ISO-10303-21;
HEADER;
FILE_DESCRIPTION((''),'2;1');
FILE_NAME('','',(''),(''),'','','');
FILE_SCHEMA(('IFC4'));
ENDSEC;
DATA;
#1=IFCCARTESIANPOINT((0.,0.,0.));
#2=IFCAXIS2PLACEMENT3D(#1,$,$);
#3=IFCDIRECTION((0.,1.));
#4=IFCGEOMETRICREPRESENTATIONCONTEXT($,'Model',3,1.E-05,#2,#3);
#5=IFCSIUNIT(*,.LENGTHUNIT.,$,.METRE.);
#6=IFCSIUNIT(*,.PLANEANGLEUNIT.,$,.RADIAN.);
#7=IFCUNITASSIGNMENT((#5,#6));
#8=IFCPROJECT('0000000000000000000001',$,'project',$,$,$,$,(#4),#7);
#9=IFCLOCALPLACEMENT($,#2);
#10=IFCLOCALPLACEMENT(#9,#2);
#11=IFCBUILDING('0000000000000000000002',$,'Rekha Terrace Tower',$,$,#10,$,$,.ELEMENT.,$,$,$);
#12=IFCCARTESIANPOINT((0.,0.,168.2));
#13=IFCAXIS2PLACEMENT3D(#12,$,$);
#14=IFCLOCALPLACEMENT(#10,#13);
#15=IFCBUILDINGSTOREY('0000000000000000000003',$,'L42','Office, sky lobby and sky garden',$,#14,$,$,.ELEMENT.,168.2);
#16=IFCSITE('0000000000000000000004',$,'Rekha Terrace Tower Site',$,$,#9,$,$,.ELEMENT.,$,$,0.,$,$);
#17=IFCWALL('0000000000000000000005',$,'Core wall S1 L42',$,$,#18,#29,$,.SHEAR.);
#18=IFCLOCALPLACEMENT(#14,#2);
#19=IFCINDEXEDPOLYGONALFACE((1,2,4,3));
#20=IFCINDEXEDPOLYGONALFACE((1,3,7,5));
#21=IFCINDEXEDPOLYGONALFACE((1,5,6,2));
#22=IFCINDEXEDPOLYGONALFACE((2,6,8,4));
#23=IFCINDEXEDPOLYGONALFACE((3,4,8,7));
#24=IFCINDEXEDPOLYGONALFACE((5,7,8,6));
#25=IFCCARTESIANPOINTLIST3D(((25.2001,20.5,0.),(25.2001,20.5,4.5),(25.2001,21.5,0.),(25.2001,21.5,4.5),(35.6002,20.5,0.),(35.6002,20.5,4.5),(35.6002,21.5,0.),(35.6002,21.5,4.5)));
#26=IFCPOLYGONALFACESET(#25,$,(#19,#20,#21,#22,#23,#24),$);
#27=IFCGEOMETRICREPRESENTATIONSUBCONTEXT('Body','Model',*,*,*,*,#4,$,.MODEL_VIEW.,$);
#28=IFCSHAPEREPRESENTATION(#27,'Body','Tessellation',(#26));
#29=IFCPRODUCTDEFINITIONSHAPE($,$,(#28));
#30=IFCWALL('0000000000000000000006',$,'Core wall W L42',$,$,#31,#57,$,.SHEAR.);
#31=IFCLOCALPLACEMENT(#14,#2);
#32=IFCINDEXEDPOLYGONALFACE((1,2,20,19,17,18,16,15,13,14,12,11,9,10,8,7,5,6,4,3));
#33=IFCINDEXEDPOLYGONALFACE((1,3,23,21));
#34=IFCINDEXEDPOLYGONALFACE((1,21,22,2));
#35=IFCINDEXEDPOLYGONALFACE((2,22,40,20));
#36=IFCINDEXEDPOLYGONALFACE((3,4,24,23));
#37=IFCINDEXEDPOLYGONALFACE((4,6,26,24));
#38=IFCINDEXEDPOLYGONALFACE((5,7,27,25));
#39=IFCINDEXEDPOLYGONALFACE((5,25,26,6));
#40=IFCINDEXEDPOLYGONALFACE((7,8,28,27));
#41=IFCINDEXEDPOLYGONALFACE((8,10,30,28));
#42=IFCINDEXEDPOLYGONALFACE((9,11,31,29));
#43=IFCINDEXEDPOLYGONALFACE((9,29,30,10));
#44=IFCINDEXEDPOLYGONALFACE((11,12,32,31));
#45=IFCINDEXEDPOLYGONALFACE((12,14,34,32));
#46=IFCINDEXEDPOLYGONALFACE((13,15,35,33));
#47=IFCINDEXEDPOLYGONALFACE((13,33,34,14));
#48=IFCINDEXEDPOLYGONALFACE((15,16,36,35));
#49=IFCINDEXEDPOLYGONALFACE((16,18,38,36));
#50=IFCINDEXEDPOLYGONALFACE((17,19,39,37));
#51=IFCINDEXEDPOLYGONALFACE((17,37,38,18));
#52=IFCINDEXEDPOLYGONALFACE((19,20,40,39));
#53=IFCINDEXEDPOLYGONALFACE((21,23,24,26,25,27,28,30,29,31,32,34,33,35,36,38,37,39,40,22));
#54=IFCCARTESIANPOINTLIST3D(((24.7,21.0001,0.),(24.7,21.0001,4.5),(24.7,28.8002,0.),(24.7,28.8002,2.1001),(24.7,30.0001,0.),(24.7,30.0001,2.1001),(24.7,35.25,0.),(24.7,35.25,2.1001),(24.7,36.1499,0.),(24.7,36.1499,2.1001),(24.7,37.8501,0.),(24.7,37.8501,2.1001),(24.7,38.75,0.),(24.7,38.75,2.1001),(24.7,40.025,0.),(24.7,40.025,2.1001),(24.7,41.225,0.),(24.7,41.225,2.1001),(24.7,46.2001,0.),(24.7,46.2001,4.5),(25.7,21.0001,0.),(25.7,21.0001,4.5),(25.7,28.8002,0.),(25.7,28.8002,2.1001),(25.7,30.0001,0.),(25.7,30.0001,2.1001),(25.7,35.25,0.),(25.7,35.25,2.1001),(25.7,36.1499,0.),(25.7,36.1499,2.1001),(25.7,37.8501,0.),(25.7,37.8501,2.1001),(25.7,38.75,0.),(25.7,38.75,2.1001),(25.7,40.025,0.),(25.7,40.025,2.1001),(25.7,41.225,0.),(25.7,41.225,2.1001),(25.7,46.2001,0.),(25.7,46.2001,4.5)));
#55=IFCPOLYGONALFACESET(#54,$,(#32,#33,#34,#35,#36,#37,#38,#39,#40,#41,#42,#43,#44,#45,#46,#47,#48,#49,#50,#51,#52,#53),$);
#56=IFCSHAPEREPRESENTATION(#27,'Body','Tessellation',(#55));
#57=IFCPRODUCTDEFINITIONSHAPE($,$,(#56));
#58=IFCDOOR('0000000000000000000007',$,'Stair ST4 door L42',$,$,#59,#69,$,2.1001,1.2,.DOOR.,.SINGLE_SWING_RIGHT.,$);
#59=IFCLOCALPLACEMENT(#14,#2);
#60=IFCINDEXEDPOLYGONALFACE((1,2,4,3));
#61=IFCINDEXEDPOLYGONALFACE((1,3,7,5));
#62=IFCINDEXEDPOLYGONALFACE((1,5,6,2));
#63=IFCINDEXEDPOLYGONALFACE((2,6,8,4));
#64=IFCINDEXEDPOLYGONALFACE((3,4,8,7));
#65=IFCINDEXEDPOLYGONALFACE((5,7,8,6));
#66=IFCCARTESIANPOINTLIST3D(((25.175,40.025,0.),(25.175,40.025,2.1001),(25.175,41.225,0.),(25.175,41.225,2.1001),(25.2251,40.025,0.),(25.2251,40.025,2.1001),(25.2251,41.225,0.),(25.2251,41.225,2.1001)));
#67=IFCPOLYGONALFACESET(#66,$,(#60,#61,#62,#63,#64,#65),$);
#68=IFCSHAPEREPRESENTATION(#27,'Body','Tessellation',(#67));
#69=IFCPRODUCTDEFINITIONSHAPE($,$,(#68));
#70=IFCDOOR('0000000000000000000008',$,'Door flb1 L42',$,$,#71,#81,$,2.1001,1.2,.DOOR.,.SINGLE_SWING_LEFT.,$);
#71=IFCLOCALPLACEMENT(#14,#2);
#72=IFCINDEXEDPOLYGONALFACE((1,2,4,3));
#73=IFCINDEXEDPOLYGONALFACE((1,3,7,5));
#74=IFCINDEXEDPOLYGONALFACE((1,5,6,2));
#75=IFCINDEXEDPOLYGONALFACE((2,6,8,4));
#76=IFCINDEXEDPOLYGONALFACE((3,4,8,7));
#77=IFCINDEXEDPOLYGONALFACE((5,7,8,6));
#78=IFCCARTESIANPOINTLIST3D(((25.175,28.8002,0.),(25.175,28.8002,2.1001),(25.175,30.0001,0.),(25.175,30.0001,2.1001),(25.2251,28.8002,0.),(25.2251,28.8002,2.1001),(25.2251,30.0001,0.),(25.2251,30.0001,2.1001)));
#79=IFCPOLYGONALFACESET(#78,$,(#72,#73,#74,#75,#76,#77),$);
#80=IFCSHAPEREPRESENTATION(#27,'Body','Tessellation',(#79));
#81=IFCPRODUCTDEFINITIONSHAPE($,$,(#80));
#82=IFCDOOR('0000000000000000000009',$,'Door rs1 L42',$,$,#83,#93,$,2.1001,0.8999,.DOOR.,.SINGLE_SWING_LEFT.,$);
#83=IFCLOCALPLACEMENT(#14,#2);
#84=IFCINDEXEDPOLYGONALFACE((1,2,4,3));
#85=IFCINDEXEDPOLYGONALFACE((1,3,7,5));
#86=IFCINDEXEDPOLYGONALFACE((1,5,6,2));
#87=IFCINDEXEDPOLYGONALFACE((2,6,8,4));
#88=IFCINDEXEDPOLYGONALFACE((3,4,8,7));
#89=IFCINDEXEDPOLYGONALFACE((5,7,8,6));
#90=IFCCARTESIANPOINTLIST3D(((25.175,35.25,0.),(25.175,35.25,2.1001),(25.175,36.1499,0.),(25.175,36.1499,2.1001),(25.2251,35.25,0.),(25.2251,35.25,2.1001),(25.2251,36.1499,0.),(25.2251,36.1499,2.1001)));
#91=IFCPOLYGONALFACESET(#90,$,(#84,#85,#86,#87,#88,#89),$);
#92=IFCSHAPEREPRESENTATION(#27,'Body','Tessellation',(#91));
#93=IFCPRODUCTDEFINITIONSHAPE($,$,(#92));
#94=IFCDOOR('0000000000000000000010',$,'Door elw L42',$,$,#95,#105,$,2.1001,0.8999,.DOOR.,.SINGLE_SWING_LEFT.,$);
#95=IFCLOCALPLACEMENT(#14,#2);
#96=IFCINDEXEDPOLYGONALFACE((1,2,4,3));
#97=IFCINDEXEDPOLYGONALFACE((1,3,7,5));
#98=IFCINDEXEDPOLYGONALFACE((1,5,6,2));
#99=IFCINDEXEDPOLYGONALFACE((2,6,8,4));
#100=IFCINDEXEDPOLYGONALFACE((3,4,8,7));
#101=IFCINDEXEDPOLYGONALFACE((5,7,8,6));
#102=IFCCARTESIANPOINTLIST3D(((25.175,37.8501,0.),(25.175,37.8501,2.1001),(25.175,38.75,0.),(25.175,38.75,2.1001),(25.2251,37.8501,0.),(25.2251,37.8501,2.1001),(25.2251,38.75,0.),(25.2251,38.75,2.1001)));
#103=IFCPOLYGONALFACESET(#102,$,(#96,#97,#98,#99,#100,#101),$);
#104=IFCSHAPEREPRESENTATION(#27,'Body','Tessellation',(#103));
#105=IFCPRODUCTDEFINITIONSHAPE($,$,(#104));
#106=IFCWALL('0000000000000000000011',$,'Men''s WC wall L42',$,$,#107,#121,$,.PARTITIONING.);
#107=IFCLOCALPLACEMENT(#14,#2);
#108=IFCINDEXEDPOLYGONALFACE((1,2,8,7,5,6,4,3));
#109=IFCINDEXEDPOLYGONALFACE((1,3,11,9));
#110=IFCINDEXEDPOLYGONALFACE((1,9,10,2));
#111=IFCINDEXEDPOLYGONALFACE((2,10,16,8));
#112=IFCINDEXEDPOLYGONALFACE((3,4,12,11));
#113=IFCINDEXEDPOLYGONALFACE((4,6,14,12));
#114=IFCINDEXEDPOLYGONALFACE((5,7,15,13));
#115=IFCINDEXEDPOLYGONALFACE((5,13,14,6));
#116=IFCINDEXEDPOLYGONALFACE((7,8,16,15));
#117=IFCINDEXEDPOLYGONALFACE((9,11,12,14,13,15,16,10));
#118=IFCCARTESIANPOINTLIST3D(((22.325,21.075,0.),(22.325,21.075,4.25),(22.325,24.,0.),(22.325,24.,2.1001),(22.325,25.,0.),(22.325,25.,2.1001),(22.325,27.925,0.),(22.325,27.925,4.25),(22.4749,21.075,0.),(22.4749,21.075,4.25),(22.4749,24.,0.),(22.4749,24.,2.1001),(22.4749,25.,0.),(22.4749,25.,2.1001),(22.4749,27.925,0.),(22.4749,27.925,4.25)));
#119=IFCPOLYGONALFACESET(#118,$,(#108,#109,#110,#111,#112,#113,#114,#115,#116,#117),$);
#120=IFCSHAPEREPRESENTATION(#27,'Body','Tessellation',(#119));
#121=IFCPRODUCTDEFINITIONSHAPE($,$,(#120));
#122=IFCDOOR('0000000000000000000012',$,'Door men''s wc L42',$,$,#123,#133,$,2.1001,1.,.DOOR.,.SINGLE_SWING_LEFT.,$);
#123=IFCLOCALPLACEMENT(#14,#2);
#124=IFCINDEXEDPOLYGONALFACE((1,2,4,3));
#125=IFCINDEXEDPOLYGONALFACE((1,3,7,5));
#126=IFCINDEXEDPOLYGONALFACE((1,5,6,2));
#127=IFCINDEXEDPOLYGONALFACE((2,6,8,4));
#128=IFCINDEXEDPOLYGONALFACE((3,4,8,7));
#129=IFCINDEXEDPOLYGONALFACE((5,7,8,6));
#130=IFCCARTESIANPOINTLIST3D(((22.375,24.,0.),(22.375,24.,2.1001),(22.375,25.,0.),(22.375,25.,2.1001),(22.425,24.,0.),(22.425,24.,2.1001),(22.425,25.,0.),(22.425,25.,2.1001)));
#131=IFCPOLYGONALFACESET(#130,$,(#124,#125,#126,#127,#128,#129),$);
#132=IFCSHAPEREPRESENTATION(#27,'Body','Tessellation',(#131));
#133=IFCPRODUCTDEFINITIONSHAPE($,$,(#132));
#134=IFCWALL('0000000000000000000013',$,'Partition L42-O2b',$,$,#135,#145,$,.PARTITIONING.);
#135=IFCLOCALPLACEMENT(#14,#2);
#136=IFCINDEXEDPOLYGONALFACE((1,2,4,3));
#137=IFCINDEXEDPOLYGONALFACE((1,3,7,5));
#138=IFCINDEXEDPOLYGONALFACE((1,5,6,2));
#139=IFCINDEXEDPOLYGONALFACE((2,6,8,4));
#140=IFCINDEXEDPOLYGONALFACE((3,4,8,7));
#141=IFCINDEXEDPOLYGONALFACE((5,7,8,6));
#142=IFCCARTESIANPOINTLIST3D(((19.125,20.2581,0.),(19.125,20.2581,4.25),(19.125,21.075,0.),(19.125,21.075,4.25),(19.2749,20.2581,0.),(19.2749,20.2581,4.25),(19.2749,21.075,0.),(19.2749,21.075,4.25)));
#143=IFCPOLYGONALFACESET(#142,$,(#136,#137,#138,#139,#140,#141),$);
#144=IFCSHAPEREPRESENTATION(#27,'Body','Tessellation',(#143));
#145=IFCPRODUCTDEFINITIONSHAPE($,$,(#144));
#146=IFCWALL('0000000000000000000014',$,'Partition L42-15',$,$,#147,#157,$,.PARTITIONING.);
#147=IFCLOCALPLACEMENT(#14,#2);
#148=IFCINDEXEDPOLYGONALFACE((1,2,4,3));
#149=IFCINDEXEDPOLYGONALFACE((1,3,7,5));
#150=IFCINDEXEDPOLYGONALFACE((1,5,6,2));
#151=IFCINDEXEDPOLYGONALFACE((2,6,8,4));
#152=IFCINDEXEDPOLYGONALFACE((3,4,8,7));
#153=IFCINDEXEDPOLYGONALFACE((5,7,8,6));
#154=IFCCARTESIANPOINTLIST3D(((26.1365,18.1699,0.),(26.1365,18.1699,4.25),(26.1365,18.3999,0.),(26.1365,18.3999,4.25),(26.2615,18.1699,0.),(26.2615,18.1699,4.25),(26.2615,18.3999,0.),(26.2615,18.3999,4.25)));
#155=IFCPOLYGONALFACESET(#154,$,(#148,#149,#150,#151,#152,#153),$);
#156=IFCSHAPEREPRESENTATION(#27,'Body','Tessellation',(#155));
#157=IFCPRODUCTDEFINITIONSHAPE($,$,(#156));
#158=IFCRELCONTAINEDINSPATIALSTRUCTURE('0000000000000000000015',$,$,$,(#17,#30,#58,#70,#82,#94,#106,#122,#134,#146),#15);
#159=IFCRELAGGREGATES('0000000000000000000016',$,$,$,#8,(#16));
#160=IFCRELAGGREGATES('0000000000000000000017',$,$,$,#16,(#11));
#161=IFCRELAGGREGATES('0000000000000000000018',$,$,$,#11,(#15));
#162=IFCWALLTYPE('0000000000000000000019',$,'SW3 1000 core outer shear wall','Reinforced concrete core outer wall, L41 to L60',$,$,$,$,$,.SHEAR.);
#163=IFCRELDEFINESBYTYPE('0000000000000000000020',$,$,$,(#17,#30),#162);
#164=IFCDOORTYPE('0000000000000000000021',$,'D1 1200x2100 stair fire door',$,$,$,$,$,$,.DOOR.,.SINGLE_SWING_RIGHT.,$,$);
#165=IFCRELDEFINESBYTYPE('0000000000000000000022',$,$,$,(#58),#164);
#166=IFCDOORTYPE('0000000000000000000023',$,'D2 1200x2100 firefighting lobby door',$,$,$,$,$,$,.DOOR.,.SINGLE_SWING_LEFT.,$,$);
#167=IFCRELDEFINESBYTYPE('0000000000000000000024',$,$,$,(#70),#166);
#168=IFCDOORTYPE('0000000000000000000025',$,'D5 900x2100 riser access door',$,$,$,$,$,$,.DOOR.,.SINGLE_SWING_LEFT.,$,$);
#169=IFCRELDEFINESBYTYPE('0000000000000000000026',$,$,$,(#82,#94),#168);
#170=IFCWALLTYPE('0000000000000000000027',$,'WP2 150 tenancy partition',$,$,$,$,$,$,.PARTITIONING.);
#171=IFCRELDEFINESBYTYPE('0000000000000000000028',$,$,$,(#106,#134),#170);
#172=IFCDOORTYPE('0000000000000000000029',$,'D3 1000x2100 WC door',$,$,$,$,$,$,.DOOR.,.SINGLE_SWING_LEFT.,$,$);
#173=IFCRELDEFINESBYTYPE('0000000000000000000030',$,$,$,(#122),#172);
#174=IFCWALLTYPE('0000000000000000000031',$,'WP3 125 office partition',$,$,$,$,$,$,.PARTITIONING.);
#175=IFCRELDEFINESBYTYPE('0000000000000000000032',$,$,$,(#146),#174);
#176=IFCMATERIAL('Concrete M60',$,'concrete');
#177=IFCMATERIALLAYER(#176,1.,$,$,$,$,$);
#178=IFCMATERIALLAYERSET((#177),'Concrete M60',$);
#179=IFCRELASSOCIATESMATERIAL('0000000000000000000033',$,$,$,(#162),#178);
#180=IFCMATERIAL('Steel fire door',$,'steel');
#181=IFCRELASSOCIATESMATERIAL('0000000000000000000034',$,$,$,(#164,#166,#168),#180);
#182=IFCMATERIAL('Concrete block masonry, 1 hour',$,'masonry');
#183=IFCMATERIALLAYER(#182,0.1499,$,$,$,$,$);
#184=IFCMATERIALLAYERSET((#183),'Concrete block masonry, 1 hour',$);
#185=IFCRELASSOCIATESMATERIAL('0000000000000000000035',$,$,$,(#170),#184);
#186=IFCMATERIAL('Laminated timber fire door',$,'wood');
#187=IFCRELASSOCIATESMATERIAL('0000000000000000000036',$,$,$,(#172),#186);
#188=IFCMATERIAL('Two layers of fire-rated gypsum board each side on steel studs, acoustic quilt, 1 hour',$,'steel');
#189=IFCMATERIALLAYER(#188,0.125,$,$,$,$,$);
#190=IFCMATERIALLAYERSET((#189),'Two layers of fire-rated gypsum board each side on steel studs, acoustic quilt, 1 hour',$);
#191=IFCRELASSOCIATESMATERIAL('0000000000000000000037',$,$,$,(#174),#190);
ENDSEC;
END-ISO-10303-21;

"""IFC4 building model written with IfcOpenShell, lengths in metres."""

from ifc_helpers import new_model, si_unit, direction, frame, frame_2d, origin, place, context, subcontext, project, spatial, rectangle, extrude, material, layer, layer_set, type_object, element, fill, save


model = new_model("IFC4")

# Units and contexts
model_context = context("Model", 3, precision=1e-05, world=origin(), true_north=direction((0.0, 1.0)))
body_context = subcontext(model_context, "Body", "Model", "MODEL_VIEW")
ifc_project = project(units=[si_unit("LENGTHUNIT", "METRE"), si_unit("PLANEANGLEUNIT", "RADIAN")], contexts=[model_context])

# Site, building, storey
site_placement = place(None, origin())
site = spatial("IfcSite", under=ifc_project, at=site_placement, Name="Rekha Terrace Tower Site", CompositionType="ELEMENT", RefElevation=0.0)
building_placement = place(site_placement, origin())
building = spatial("IfcBuilding", under=site, at=building_placement, Name="Rekha Terrace Tower", CompositionType="ELEMENT")
storey_placement = place(building_placement, frame((0.0, 0.0, 168.2)))
storey = spatial("IfcBuildingStorey", under=building, at=storey_placement, Name="L42", Description="Office, sky lobby and sky garden", CompositionType="ELEMENT", Elevation=168.2)

# Shared definitions
ifc_material_1 = material(Name="Concrete M60", Category="concrete")

# Wall
ifc_layer_1 = layer(ifc_material_1, 1.0)
ifc_layer_set_1 = layer_set([ifc_layer_1], Name="Concrete M60")
wall_type_1 = type_object("IfcWallType", Name="SW3 1000 core outer shear wall", Description="Reinforced concrete core outer wall, L41 to L60", PredefinedType="SHEAR", material=ifc_layer_set_1)
wall_1_placement = place(storey_placement, frame((25.2, 21.0, 0.0), z_axis=(0.0, 0.0, 1.0), x_axis=(1.0, 0.0, 0.0)))
element("IfcWall", 1, at=wall_1_placement, inside=storey, type_object=wall_type_1, Name="Core wall S1 L42", PredefinedType="SHEAR", context=body_context, shape_type="SweptSolid", body=[
    extrude(rectangle(XDim=10.4001, YDim=1.0, at=frame_2d((5.2002, 0.0))), origin(), (0.0, 0.0, 1.0), 4.5),
])

# Wall, openings, doors
wall_2_placement = place(storey_placement, frame((25.2, 21.0, 0.0), z_axis=(0.0, 0.0, 1.0), x_axis=(0.0, 1.0, 0.0)))
wall_2 = element("IfcWall", 2, at=wall_2_placement, inside=storey, type_object=wall_type_1, Name="Core wall W L42", PredefinedType="SHEAR", context=body_context, shape_type="SweptSolid", body=[
    extrude(rectangle(XDim=25.2, YDim=1.0, at=frame_2d((12.6001, 0.0))), origin(), (0.0, 0.0, 1.0), 4.5),
])
opening_1_placement = place(wall_2_placement, frame((7.8, 0.0, 0.0)))
opening_1 = element("IfcOpeningElement", 3, at=opening_1_placement, cuts=wall_2, PredefinedType="OPENING", context=body_context, shape_type="SweptSolid", body=[
    extrude(rectangle(XDim=1.2, YDim=2.1001, at=frame_2d((0.6001, 1.05))), frame((0.0, 0.51, 0.0), z_axis=(0.0, -1.0, 0.0), x_axis=(1.0, 0.0, 0.0)), (0.0, 0.0, 1.0), 1.02),
])
opening_2_placement = place(wall_2_placement, frame((14.25, 0.0, 0.0)))
opening_2 = element("IfcOpeningElement", 4, at=opening_2_placement, cuts=wall_2, PredefinedType="OPENING", context=body_context, shape_type="SweptSolid", body=[
    extrude(rectangle(XDim=0.8999, YDim=2.1001, at=frame_2d((0.45, 1.05))), frame((0.0, 0.51, 0.0), z_axis=(0.0, -1.0, 0.0), x_axis=(1.0, 0.0, 0.0)), (0.0, 0.0, 1.0), 1.02),
])
opening_3_placement = place(wall_2_placement, frame((16.8501, 0.0, 0.0)))
opening_3 = element("IfcOpeningElement", 5, at=opening_3_placement, cuts=wall_2, PredefinedType="OPENING", context=body_context, shape_type="SweptSolid", body=[
    extrude(rectangle(XDim=0.8999, YDim=2.1001, at=frame_2d((0.45, 1.05))), frame((0.0, 0.51, 0.0), z_axis=(0.0, -1.0, 0.0), x_axis=(1.0, 0.0, 0.0)), (0.0, 0.0, 1.0), 1.02),
])
opening_4_placement = place(wall_2_placement, frame((19.0249, 0.0, 0.0)))
opening_4 = element("IfcOpeningElement", 6, at=opening_4_placement, cuts=wall_2, PredefinedType="OPENING", context=body_context, shape_type="SweptSolid", body=[
    extrude(rectangle(XDim=1.2, YDim=2.1001, at=frame_2d((0.6001, 1.05))), frame((0.0, 0.51, 0.0), z_axis=(0.0, -1.0, 0.0), x_axis=(1.0, 0.0, 0.0)), (0.0, 0.0, 1.0), 1.02),
])
ifc_material_2 = material(Name="Steel fire door", Category="steel")
door_type_1 = type_object("IfcDoorType", Name="D1 1200x2100 stair fire door", OperationType="SINGLE_SWING_RIGHT", PredefinedType="DOOR", material=ifc_material_2)
door_1_placement = place(opening_4_placement, origin())
door_1 = element("IfcDoor", 7, at=door_1_placement, inside=storey, type_object=door_type_1, Name="Stair ST4 door L42", OperationType="SINGLE_SWING_RIGHT", OverallHeight=2.1001, OverallWidth=1.2, PredefinedType="DOOR", context=body_context, shape_type="SweptSolid", body=[
    extrude(rectangle(XDim=1.2, YDim=2.1001, at=frame_2d((0.6001, 1.05))), frame((0.0, 0.0249, 0.0), z_axis=(0.0, -1.0, 0.0), x_axis=(1.0, 0.0, 0.0)), (0.0, 0.0, 1.0), 0.05),
])
fill(opening_4, door_1)
door_type_2 = type_object("IfcDoorType", Name="D2 1200x2100 firefighting lobby door", OperationType="SINGLE_SWING_LEFT", PredefinedType="DOOR", material=ifc_material_2)
door_2_placement = place(opening_1_placement, origin())
door_2 = element("IfcDoor", 8, at=door_2_placement, inside=storey, type_object=door_type_2, Name="Door flb1 L42", OperationType="SINGLE_SWING_LEFT", OverallHeight=2.1001, OverallWidth=1.2, PredefinedType="DOOR", context=body_context, shape_type="SweptSolid", body=[
    extrude(rectangle(XDim=1.2, YDim=2.1001, at=frame_2d((0.6001, 1.05))), frame((0.0, 0.0249, 0.0), z_axis=(0.0, -1.0, 0.0), x_axis=(1.0, 0.0, 0.0)), (0.0, 0.0, 1.0), 0.05),
])
fill(opening_1, door_2)
door_type_3 = type_object("IfcDoorType", Name="D5 900x2100 riser access door", OperationType="SINGLE_SWING_LEFT", PredefinedType="DOOR", material=ifc_material_2)
door_3_placement = place(opening_2_placement, origin())
door_3 = element("IfcDoor", 9, at=door_3_placement, inside=storey, type_object=door_type_3, Name="Door rs1 L42", OperationType="SINGLE_SWING_LEFT", OverallHeight=2.1001, OverallWidth=0.8999, PredefinedType="DOOR", context=body_context, shape_type="SweptSolid", body=[
    extrude(rectangle(XDim=0.8999, YDim=2.1001, at=frame_2d((0.45, 1.05))), frame((0.0, 0.0249, 0.0), z_axis=(0.0, -1.0, 0.0), x_axis=(1.0, 0.0, 0.0)), (0.0, 0.0, 1.0), 0.05),
])
fill(opening_2, door_3)
door_4_placement = place(opening_3_placement, origin())
door_4 = element("IfcDoor", 10, at=door_4_placement, inside=storey, type_object=door_type_3, Name="Door elw L42", OperationType="SINGLE_SWING_LEFT", OverallHeight=2.1001, OverallWidth=0.8999, PredefinedType="DOOR", context=body_context, shape_type="SweptSolid", body=[
    extrude(rectangle(XDim=0.8999, YDim=2.1001, at=frame_2d((0.45, 1.05))), frame((0.0, 0.0249, 0.0), z_axis=(0.0, -1.0, 0.0), x_axis=(1.0, 0.0, 0.0)), (0.0, 0.0, 1.0), 0.05),
])
fill(opening_3, door_4)

# Wall, opening, door
ifc_material_3 = material(Name="Concrete block masonry, 1 hour", Category="masonry")
ifc_layer_2 = layer(ifc_material_3, 0.1499)
ifc_layer_set_2 = layer_set([ifc_layer_2], Name="Concrete block masonry, 1 hour")
wall_type_2 = type_object("IfcWallType", Name="WP2 150 tenancy partition", PredefinedType="PARTITIONING", material=ifc_layer_set_2)
wall_3_placement = place(storey_placement, frame((22.3999, 21.075, 0.0), z_axis=(0.0, 0.0, 1.0), x_axis=(0.0, 1.0, 0.0)))
wall_3 = element("IfcWall", 11, at=wall_3_placement, inside=storey, type_object=wall_type_2, Name="Men's WC wall L42", PredefinedType="PARTITIONING", context=body_context, shape_type="SweptSolid", body=[
    extrude(rectangle(XDim=6.8501, YDim=0.1499, at=frame_2d((3.425, 0.0))), origin(), (0.0, 0.0, 1.0), 4.25),
])
opening_5_placement = place(wall_3_placement, frame((2.925, 0.0, 0.0)))
opening_5 = element("IfcOpeningElement", 12, at=opening_5_placement, cuts=wall_3, PredefinedType="OPENING", context=body_context, shape_type="SweptSolid", body=[
    extrude(rectangle(XDim=1.0, YDim=2.1001, at=frame_2d((0.5, 1.05))), frame((0.0, 0.085, 0.0), z_axis=(0.0, -1.0, 0.0), x_axis=(1.0, 0.0, 0.0)), (0.0, 0.0, 1.0), 0.1699),
])
ifc_material_4 = material(Name="Laminated timber fire door", Category="wood")
door_type_4 = type_object("IfcDoorType", Name="D3 1000x2100 WC door", OperationType="SINGLE_SWING_LEFT", PredefinedType="DOOR", material=ifc_material_4)
door_5_placement = place(opening_5_placement, origin())
door_5 = element("IfcDoor", 13, at=door_5_placement, inside=storey, type_object=door_type_4, Name="Door men's wc L42", OperationType="SINGLE_SWING_LEFT", OverallHeight=2.1001, OverallWidth=1.0, PredefinedType="DOOR", context=body_context, shape_type="SweptSolid", body=[
    extrude(rectangle(XDim=1.0, YDim=2.1001, at=frame_2d((0.5, 1.05))), frame((0.0, 0.0249, 0.0), z_axis=(0.0, -1.0, 0.0), x_axis=(1.0, 0.0, 0.0)), (0.0, 0.0, 1.0), 0.05),
])
fill(opening_5, door_5)

# Walls
wall_4_placement = place(storey_placement, frame((19.2, 21.075, 0.0), z_axis=(0.0, 0.0, 1.0), x_axis=(0.0, -1.0, 0.0)))
element("IfcWall", 14, at=wall_4_placement, inside=storey, type_object=wall_type_2, Name="Partition L42-O2b", PredefinedType="PARTITIONING", context=body_context, shape_type="SweptSolid", body=[
    extrude(rectangle(XDim=0.8169, YDim=0.1499, at=frame_2d((0.4084, 0.0))), origin(), (0.0, 0.0, 1.0), 4.25),
])
ifc_material_5 = material(Name="Two layers of fire-rated gypsum board each side on steel studs, acoustic quilt, 1 hour", Category="steel")
ifc_layer_3 = layer(ifc_material_5, 0.125)
ifc_layer_set_3 = layer_set([ifc_layer_3], Name="Two layers of fire-rated gypsum board each side on steel studs, acoustic quilt, 1 hour")
wall_type_3 = type_object("IfcWallType", Name="WP3 125 office partition", PredefinedType="PARTITIONING", material=ifc_layer_set_3)
wall_5_placement = place(storey_placement, frame((26.199, 18.3999, 0.0), z_axis=(0.0, 0.0, 1.0), x_axis=(0.0, -1.0, 0.0)))
element("IfcWall", 15, at=wall_5_placement, inside=storey, type_object=wall_type_3, Name="Partition L42-15", PredefinedType="PARTITIONING", context=body_context, shape_type="SweptSolid", body=[
    extrude(rectangle(XDim=0.23, YDim=0.125, at=frame_2d((0.115, 0.0))), origin(), (0.0, 0.0, 1.0), 4.25),
])

save(model, "model.ifc")
